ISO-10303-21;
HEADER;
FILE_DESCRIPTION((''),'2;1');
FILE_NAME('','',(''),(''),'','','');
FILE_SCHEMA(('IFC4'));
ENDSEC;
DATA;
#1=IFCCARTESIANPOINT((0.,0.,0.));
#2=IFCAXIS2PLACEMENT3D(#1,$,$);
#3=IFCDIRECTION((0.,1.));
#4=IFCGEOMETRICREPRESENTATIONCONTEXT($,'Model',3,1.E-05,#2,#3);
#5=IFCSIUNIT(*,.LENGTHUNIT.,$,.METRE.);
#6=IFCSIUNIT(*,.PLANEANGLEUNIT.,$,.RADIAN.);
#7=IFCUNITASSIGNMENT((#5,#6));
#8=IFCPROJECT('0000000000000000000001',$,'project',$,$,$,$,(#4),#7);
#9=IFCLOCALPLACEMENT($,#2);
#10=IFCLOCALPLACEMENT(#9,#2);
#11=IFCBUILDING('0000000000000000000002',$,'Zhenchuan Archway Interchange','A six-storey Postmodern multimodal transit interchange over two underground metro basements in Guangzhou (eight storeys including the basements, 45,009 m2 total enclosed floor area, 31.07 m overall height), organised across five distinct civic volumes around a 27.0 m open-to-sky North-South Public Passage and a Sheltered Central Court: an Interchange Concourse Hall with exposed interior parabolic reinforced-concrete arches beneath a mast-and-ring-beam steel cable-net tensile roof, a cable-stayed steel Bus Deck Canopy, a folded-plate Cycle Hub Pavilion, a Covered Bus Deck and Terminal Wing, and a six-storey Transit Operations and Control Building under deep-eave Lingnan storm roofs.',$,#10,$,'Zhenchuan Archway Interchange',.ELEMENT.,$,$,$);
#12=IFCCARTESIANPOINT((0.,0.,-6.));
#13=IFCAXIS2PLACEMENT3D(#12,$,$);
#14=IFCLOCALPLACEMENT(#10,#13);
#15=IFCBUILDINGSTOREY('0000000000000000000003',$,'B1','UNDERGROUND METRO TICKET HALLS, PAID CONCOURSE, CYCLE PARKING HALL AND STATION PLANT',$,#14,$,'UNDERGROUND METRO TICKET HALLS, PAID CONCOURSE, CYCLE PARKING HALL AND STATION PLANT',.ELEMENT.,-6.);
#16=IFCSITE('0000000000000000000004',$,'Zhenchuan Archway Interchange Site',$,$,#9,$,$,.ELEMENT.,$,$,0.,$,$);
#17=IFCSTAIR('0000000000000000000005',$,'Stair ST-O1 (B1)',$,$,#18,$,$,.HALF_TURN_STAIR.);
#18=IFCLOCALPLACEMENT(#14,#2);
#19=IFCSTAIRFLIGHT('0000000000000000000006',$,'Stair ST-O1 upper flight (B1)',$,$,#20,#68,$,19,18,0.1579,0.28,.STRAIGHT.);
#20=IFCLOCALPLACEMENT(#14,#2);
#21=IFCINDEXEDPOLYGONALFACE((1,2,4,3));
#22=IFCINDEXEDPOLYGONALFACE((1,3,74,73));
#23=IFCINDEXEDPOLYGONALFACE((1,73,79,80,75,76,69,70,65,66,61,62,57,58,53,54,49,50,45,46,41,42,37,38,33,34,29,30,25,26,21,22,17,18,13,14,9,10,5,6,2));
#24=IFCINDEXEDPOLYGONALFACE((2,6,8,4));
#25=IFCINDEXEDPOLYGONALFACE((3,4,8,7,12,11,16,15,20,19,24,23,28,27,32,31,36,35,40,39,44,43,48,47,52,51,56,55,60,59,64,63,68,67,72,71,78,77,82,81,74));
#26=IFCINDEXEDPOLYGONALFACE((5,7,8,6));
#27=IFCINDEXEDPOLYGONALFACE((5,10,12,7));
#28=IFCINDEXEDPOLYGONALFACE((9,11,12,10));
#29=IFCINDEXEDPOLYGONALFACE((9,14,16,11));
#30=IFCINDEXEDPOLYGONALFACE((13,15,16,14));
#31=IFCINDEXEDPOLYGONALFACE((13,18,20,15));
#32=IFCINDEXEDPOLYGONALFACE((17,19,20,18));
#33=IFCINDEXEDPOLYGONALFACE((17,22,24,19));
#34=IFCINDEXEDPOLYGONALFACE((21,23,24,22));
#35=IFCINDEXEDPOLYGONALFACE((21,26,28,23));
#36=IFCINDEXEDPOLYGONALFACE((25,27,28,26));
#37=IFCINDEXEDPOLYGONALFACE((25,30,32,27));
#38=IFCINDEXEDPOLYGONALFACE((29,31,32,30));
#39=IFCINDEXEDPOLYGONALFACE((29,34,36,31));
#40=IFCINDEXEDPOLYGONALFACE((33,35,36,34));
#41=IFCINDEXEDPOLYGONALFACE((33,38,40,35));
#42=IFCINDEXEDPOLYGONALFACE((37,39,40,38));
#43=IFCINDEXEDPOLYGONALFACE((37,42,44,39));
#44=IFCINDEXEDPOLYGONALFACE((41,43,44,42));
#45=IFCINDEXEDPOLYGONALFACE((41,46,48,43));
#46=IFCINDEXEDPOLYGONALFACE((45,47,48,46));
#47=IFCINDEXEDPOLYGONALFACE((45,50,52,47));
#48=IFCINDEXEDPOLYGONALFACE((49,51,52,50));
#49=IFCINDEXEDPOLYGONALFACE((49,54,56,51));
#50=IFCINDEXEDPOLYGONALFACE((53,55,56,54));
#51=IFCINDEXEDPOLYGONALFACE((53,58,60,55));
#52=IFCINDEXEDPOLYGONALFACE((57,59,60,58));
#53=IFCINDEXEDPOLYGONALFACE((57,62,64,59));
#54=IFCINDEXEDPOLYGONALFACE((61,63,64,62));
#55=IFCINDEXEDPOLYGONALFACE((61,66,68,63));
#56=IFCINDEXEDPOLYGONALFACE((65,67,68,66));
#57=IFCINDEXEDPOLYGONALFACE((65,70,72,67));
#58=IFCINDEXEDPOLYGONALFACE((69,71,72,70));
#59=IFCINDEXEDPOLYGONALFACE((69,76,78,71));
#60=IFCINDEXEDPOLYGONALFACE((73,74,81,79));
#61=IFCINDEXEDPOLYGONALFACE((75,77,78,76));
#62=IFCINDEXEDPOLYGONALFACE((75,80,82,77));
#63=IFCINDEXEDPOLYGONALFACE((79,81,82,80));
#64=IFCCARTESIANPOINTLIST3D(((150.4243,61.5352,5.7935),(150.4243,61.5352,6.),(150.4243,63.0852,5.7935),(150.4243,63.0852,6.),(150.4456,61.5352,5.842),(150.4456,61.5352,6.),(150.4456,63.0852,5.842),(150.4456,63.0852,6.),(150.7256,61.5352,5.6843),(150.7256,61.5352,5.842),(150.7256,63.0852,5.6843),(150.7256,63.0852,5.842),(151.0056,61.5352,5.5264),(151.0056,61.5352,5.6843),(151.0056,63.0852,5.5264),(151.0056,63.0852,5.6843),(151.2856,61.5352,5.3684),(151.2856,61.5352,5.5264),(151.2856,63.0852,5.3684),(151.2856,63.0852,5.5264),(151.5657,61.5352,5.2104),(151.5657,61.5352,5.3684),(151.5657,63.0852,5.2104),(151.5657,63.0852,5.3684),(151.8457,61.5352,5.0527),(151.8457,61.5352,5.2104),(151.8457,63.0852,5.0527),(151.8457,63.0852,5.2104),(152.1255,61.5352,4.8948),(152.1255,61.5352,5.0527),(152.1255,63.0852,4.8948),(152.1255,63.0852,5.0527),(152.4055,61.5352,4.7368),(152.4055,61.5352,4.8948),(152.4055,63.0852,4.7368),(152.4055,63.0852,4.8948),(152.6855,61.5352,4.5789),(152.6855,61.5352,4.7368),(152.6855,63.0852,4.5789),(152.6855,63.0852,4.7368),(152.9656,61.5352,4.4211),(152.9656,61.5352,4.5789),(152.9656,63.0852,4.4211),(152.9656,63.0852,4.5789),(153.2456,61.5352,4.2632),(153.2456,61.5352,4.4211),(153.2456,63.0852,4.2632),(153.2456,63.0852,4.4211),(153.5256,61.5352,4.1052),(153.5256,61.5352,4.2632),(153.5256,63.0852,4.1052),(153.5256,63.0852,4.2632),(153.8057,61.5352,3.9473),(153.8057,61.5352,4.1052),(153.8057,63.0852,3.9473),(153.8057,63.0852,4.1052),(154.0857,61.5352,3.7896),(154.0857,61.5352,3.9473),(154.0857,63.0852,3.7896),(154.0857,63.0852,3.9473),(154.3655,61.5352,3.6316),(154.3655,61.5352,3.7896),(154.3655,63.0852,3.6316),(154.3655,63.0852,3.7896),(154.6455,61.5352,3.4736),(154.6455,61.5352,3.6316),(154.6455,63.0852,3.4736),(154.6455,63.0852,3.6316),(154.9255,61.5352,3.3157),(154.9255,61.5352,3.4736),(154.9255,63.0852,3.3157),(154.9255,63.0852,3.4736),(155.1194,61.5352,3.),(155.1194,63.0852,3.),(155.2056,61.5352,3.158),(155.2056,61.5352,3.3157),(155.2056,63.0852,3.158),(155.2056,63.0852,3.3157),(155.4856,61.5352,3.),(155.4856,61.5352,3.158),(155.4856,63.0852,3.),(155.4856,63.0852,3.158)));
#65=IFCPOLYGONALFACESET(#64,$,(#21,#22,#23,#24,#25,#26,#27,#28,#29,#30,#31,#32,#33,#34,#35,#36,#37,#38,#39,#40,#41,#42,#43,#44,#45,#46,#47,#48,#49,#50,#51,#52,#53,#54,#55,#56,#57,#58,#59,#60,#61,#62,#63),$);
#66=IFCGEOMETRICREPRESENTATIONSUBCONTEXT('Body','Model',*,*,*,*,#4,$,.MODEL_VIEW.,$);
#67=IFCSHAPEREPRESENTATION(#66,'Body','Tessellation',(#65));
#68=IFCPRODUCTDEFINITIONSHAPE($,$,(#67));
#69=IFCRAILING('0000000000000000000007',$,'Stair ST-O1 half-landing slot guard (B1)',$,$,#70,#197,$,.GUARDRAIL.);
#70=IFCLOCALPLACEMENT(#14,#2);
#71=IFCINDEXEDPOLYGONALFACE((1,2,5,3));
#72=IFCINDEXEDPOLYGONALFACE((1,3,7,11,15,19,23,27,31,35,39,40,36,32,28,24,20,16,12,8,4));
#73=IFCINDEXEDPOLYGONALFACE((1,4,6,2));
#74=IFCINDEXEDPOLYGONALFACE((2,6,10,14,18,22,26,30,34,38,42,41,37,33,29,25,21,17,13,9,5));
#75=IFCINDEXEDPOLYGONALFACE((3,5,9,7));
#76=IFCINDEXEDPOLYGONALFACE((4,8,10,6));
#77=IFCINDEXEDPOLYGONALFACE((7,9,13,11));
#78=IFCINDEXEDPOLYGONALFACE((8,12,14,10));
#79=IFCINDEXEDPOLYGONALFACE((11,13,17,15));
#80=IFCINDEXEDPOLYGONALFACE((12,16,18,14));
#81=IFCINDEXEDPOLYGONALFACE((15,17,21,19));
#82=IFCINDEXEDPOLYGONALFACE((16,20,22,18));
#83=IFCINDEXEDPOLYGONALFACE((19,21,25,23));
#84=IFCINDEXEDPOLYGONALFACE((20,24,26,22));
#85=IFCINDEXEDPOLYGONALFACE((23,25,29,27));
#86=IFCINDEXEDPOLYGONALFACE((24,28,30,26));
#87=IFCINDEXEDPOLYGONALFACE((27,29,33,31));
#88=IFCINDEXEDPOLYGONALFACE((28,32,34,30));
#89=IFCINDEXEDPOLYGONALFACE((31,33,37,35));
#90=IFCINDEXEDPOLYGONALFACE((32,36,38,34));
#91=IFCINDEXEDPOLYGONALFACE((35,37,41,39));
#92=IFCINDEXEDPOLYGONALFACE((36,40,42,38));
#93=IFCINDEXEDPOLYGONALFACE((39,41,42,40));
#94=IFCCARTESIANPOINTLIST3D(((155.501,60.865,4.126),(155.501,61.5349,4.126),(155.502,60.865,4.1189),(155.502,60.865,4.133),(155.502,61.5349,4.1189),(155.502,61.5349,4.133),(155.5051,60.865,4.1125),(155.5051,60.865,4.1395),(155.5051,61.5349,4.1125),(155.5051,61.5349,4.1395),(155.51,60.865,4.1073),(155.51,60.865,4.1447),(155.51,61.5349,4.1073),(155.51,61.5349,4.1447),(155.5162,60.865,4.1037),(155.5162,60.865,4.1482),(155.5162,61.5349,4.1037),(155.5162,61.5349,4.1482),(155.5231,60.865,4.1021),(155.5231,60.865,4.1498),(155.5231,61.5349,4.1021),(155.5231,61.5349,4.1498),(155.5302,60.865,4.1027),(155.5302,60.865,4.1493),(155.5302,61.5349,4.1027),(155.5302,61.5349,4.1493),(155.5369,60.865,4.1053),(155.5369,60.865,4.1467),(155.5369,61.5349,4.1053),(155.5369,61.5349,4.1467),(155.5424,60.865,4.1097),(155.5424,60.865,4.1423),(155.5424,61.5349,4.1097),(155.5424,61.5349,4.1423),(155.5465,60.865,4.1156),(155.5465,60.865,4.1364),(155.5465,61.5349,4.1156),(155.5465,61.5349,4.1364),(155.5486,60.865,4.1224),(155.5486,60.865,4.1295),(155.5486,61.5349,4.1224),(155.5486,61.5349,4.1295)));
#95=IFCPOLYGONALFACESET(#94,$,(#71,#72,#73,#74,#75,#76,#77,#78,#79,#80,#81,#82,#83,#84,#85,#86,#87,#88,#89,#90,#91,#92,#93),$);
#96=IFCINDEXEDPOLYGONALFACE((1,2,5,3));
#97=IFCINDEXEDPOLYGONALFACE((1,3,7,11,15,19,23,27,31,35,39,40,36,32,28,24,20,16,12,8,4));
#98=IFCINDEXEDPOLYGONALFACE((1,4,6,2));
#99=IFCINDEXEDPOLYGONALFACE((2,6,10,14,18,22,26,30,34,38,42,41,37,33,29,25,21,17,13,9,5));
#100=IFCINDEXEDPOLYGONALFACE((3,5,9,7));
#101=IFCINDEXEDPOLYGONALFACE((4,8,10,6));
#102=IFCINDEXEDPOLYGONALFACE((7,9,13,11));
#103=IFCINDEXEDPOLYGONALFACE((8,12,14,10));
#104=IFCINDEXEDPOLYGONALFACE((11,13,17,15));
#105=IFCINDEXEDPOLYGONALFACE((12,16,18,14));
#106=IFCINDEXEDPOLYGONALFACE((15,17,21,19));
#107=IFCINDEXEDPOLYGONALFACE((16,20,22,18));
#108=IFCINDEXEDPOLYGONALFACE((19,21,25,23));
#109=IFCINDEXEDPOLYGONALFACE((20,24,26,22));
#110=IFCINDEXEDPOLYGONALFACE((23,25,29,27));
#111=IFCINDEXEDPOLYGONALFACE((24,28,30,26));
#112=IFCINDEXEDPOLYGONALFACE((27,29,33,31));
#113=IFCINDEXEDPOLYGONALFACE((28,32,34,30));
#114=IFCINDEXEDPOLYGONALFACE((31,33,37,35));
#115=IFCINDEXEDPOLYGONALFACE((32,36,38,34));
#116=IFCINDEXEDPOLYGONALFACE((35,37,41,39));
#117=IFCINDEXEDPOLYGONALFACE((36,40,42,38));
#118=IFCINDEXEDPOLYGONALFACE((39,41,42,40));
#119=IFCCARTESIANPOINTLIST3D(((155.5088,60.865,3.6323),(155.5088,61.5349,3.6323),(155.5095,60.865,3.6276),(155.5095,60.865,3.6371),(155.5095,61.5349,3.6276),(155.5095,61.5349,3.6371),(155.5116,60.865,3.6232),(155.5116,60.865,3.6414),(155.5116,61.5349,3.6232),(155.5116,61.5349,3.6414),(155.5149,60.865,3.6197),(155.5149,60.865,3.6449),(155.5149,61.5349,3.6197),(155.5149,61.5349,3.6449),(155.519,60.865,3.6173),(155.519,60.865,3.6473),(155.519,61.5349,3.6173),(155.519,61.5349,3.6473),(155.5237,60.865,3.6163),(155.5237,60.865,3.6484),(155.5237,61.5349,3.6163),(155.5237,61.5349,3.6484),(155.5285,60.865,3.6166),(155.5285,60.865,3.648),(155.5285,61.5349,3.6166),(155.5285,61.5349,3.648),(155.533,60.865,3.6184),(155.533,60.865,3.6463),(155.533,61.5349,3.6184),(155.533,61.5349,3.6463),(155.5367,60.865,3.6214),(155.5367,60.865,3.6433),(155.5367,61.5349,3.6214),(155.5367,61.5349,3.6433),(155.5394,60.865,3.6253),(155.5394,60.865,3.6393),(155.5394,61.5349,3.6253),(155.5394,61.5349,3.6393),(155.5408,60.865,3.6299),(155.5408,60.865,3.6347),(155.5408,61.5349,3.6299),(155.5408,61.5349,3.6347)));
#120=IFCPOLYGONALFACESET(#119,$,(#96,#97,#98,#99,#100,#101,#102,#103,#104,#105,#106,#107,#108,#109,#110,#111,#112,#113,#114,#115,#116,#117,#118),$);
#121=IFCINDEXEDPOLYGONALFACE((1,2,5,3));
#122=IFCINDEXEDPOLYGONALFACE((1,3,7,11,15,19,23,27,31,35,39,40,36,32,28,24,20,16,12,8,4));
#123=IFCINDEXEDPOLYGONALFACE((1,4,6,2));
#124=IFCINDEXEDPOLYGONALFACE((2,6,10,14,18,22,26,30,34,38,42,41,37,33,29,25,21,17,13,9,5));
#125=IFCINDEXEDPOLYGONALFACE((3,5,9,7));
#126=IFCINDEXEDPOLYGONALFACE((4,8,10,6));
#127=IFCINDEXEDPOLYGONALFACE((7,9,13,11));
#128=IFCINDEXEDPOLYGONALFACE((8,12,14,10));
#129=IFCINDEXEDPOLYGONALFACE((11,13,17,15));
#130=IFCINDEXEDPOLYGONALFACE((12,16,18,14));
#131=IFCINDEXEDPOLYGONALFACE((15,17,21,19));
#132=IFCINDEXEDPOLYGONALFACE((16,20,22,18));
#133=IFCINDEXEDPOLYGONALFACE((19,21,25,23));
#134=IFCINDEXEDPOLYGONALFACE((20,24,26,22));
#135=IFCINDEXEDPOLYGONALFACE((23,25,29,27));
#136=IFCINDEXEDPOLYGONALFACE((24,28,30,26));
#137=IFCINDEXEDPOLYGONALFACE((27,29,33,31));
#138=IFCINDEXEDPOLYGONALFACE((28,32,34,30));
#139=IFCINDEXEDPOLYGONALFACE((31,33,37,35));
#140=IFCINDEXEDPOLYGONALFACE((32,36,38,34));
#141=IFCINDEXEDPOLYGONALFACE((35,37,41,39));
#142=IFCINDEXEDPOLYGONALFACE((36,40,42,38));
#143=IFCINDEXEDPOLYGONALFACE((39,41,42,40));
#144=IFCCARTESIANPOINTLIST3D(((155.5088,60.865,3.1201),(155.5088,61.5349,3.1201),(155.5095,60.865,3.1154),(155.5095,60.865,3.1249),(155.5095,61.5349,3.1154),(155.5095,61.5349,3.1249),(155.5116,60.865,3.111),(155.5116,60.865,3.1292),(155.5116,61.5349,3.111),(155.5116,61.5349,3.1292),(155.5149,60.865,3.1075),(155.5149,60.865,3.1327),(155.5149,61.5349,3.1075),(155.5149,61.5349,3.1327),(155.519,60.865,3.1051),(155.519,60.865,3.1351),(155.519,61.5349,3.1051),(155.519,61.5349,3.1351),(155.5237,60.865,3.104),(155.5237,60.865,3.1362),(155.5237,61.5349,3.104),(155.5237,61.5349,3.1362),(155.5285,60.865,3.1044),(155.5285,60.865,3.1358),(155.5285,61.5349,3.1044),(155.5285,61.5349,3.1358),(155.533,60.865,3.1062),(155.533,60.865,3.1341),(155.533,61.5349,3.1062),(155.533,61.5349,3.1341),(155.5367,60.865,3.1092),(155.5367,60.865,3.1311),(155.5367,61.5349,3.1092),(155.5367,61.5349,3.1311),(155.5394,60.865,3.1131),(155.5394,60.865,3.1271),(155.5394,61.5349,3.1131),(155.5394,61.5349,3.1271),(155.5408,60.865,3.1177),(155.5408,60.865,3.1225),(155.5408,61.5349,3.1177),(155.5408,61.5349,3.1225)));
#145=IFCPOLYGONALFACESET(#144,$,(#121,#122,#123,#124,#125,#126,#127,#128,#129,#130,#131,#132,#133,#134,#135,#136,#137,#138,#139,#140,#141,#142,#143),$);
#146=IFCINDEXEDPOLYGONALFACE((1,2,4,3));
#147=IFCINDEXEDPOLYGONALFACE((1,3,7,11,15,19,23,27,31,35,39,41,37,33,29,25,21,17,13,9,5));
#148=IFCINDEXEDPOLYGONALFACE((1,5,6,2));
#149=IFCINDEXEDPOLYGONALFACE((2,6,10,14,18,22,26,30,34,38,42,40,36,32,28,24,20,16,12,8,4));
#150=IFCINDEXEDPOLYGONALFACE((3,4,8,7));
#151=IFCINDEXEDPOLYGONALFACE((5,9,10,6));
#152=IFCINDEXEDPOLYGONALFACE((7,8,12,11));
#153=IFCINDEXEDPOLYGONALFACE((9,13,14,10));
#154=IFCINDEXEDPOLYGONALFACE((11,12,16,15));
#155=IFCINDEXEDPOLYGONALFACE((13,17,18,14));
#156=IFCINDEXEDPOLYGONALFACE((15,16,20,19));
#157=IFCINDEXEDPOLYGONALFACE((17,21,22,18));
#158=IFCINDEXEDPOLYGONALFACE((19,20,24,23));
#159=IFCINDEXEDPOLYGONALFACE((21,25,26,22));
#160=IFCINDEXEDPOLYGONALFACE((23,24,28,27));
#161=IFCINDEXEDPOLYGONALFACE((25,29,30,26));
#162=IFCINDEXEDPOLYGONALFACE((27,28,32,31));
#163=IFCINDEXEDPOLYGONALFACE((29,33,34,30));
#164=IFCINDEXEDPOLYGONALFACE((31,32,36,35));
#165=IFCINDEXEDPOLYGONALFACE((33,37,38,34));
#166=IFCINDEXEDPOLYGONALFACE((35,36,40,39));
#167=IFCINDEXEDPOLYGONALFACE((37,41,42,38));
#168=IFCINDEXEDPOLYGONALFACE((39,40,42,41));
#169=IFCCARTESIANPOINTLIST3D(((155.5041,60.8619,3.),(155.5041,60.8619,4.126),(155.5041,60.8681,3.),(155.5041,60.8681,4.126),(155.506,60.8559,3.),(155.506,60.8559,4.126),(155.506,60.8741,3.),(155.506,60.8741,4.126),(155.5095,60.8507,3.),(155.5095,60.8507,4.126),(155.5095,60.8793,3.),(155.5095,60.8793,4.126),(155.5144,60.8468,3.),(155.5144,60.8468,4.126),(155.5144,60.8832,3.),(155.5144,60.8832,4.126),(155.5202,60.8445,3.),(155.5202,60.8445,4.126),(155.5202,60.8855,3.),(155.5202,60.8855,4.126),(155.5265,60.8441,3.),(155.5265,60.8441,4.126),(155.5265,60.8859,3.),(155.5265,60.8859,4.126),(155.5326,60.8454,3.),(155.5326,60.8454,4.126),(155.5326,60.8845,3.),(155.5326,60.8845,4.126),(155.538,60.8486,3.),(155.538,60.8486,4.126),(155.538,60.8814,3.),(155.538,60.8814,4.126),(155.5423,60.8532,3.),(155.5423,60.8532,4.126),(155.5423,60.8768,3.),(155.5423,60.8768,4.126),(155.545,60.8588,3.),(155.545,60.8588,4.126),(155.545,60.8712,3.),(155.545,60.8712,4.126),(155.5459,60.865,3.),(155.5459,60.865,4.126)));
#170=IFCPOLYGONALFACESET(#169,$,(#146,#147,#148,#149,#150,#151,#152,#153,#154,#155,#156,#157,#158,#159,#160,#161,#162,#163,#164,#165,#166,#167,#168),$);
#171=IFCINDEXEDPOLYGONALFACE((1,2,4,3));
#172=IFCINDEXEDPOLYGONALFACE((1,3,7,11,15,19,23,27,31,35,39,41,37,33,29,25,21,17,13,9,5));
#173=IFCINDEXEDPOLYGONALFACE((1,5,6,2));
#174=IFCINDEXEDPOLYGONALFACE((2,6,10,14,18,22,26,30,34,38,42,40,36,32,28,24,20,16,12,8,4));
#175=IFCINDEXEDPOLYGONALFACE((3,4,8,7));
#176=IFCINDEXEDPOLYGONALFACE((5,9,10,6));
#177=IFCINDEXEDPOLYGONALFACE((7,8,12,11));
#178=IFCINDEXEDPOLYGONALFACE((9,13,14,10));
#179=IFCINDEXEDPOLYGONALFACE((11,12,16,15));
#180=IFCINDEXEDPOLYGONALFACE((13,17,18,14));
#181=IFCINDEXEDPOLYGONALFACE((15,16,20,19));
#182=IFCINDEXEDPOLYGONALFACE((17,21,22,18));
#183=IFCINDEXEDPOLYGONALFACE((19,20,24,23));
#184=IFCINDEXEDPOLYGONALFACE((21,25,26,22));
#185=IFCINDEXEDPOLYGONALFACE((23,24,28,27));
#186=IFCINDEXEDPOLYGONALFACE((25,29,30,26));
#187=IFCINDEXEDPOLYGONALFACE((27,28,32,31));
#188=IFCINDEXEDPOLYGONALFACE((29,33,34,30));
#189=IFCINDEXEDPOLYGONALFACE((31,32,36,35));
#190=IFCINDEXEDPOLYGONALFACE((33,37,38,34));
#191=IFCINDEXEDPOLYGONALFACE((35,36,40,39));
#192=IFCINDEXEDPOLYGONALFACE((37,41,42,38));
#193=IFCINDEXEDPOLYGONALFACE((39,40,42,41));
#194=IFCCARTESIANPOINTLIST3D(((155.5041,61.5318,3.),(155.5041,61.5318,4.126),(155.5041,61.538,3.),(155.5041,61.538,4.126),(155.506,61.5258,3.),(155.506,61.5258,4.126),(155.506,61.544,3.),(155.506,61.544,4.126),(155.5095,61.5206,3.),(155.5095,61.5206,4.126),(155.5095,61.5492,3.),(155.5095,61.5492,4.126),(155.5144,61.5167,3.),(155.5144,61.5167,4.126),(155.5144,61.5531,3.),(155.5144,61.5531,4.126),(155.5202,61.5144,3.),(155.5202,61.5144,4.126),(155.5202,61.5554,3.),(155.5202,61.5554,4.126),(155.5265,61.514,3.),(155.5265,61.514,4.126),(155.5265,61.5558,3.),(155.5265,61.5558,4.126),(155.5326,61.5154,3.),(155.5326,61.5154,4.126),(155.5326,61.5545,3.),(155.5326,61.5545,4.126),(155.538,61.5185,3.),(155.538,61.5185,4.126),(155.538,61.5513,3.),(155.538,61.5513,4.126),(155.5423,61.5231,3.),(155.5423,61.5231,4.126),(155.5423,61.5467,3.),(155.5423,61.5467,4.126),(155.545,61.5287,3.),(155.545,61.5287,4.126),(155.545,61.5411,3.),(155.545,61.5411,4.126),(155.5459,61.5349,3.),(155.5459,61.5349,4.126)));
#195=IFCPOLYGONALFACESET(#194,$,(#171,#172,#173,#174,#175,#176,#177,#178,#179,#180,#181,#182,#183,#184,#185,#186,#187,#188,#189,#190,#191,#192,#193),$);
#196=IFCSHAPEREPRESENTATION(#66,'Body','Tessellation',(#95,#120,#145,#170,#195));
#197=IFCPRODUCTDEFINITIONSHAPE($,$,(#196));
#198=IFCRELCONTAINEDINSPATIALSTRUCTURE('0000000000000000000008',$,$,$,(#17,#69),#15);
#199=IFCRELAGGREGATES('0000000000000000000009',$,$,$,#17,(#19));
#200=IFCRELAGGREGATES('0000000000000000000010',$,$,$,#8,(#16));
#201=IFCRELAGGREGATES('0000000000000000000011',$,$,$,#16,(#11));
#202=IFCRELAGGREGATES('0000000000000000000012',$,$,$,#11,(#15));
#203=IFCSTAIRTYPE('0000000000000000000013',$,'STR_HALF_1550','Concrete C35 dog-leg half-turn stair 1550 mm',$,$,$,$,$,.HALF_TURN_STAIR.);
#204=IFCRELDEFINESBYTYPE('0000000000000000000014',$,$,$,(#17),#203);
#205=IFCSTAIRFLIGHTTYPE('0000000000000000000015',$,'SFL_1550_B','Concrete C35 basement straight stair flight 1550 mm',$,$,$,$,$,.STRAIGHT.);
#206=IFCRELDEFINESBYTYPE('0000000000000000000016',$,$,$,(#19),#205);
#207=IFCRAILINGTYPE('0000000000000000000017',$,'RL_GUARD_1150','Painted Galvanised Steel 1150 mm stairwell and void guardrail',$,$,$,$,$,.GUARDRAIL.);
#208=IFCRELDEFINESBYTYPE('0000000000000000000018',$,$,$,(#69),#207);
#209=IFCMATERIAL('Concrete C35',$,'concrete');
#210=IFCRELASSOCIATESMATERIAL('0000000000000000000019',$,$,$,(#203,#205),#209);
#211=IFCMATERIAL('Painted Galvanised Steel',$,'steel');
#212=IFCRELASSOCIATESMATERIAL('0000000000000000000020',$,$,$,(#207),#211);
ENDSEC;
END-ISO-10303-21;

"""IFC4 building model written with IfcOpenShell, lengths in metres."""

from ifc_helpers import new_model, si_unit, direction, frame, origin, origin_2d, place, context, subcontext, project, spatial, polyline, circle, outline, extrude, material, type_object, element, aggregate, save


model = new_model("IFC4")

# Units and contexts
model_context = context("Model", 3, precision=1e-05, world=origin(), true_north=direction((0.0, 1.0)))
body_context = subcontext(model_context, "Body", "Model", "MODEL_VIEW")
ifc_project = project(units=[si_unit("LENGTHUNIT", "METRE"), si_unit("PLANEANGLEUNIT", "RADIAN")], contexts=[model_context])

# Site, building, storey
site_placement = place(None, origin())
site = spatial("IfcSite", under=ifc_project, at=site_placement, Name="Zhenchuan Archway Interchange Site", CompositionType="ELEMENT", RefElevation=0.0)
building_placement = place(site_placement, origin())
building = spatial("IfcBuilding", under=site, at=building_placement, Name="Zhenchuan Archway Interchange", Description="A six-storey Postmodern multimodal transit interchange over two underground metro basements in Guangzhou (eight storeys including the basements, 45,009 m2 total enclosed floor area, 31.07 m overall height), organised across five distinct civic volumes around a 27.0 m open-to-sky North-South Public Passage and a Sheltered Central Court: an Interchange Concourse Hall with exposed interior parabolic reinforced-concrete arches beneath a mast-and-ring-beam steel cable-net tensile roof, a cable-stayed steel Bus Deck Canopy, a folded-plate Cycle Hub Pavilion, a Covered Bus Deck and Terminal Wing, and a six-storey Transit Operations and Control Building under deep-eave Lingnan storm roofs.", LongName="Zhenchuan Archway Interchange", CompositionType="ELEMENT")
storey_placement = place(building_placement, frame((0.0, 0.0, -6.0)))
storey = spatial("IfcBuildingStorey", under=building, at=storey_placement, Name="B1", Description="UNDERGROUND METRO TICKET HALLS, PAID CONCOURSE, CYCLE PARKING HALL AND STATION PLANT", LongName="UNDERGROUND METRO TICKET HALLS, PAID CONCOURSE, CYCLE PARKING HALL AND STATION PLANT", CompositionType="ELEMENT", Elevation=-6.0)

# Shared definitions
ifc_material_1 = material(Name="Painted Galvanised Steel", Category="steel")

# Stair, stair flight
ifc_material_2 = material(Name="Concrete C35", Category="concrete")
stair_type = type_object("IfcStairType", Name="STR_HALF_1550", Description="Concrete C35 dog-leg half-turn stair 1550 mm", PredefinedType="HALF_TURN_STAIR", material=ifc_material_2)
stair_placement = place(storey_placement, origin())
stair = element("IfcStair", 1, at=stair_placement, inside=storey, type_object=stair_type, Name="Stair ST-O1 (B1)", PredefinedType="HALF_TURN_STAIR")
stair_flight_type = type_object("IfcStairFlightType", Name="SFL_1550_B", Description="Concrete C35 basement straight stair flight 1550 mm", PredefinedType="STRAIGHT", material=ifc_material_2)
stair_flight_1_placement = place(storey_placement, frame((155.4856, 62.3101, 3.0), z_axis=(0.0, 0.0, 1.0), x_axis=(-1.0, 0.0, 0.0)))
stair_flight_1 = element("IfcStairFlight", 2, at=stair_flight_1_placement, type_object=stair_flight_type, Name="Stair ST-O1 upper flight (B1)", NumberOfRisers=19, NumberOfTreads=18, PredefinedType="STRAIGHT", RiserHeight=0.1579, TreadLength=0.28, context=body_context, shape_type="SweptSolid", body=[
    extrude(outline(polyline([(0.0, 0.0), (0.0, 0.158), (0.28, 0.158), (0.28, 0.3157), (0.5601, 0.3157), (0.5601, 0.4736), (0.8401, 0.4736), (0.8401, 0.6316), (1.1201, 0.6316), (1.1201, 0.7896), (1.3999, 0.7896), (1.3999, 0.9473), (1.6799, 0.9473), (1.6799, 1.1052), (1.96, 1.1052), (1.96, 1.2632), (2.24, 1.2632), (2.24, 1.4211), (2.52, 1.4211), (2.52, 1.5789), (2.8, 1.5789), (2.8, 1.7368), (3.0801, 1.7368), (3.0801, 1.8948), (3.3601, 1.8948), (3.3601, 2.0527), (3.6399, 2.0527), (3.6399, 2.2104), (3.9199, 2.2104), (3.9199, 2.3684), (4.2, 2.3684), (4.2, 2.5264), (4.48, 2.5264), (4.48, 2.6843), (4.76, 2.6843), (4.76, 2.842), (5.04, 2.842), (5.04, 3.0), (5.0613, 3.0), (5.0613, 2.7935), (0.3662, 0.0), (0.0, 0.0)])), frame((0.0, 0.7749, 0.0), z_axis=(0.0, -1.0, 0.0), x_axis=(1.0, 0.0, 0.0)), (0.0, 0.0, 1.0), 1.55),
])
aggregate(stair, [stair_flight_1])

# Railing
railing_type_1 = type_object("IfcRailingType", Name="RL_GUARD_1150", Description="Painted Galvanised Steel 1150 mm stairwell and void guardrail", PredefinedType="GUARDRAIL", material=ifc_material_1)
for number, where, name in (
    (3, (155.5249, 60.865, 3.0), "Stair ST-O1 half-landing slot guard (B1)"),
):
    element("IfcRailing", number, at=place(storey_placement, frame(where)), inside=storey, type_object=railing_type_1, Name=name, PredefinedType="GUARDRAIL", context=body_context, shape_type="SweptSolid", body=[
        extrude(circle(Radius=0.0239, at=origin_2d()), frame((0.0, 0.0, 1.126), z_axis=(0.0, 1.0, 0.0), x_axis=(-1.0, 0.0, 0.0)), (0.0, 0.0, 1.0), 0.6699),
        extrude(circle(Radius=0.0161, at=origin_2d()), frame((0.0, 0.0, 0.6323), z_axis=(0.0, 1.0, 0.0), x_axis=(-1.0, 0.0, 0.0)), (0.0, 0.0, 1.0), 0.6699),
        extrude(circle(Radius=0.0161, at=origin_2d()), frame((0.0, 0.0, 0.1201), z_axis=(0.0, 1.0, 0.0), x_axis=(-1.0, 0.0, 0.0)), (0.0, 0.0, 1.0), 0.6699),
        extrude(circle(Radius=0.021, at=origin_2d()), origin(), (0.0, 0.0, 1.0), 1.126),
        extrude(circle(Radius=0.021, at=origin_2d()), frame((0.0, 0.6699, 0.0)), (0.0, 0.0, 1.0), 1.126),
    ])

save(model, "model.ifc")
